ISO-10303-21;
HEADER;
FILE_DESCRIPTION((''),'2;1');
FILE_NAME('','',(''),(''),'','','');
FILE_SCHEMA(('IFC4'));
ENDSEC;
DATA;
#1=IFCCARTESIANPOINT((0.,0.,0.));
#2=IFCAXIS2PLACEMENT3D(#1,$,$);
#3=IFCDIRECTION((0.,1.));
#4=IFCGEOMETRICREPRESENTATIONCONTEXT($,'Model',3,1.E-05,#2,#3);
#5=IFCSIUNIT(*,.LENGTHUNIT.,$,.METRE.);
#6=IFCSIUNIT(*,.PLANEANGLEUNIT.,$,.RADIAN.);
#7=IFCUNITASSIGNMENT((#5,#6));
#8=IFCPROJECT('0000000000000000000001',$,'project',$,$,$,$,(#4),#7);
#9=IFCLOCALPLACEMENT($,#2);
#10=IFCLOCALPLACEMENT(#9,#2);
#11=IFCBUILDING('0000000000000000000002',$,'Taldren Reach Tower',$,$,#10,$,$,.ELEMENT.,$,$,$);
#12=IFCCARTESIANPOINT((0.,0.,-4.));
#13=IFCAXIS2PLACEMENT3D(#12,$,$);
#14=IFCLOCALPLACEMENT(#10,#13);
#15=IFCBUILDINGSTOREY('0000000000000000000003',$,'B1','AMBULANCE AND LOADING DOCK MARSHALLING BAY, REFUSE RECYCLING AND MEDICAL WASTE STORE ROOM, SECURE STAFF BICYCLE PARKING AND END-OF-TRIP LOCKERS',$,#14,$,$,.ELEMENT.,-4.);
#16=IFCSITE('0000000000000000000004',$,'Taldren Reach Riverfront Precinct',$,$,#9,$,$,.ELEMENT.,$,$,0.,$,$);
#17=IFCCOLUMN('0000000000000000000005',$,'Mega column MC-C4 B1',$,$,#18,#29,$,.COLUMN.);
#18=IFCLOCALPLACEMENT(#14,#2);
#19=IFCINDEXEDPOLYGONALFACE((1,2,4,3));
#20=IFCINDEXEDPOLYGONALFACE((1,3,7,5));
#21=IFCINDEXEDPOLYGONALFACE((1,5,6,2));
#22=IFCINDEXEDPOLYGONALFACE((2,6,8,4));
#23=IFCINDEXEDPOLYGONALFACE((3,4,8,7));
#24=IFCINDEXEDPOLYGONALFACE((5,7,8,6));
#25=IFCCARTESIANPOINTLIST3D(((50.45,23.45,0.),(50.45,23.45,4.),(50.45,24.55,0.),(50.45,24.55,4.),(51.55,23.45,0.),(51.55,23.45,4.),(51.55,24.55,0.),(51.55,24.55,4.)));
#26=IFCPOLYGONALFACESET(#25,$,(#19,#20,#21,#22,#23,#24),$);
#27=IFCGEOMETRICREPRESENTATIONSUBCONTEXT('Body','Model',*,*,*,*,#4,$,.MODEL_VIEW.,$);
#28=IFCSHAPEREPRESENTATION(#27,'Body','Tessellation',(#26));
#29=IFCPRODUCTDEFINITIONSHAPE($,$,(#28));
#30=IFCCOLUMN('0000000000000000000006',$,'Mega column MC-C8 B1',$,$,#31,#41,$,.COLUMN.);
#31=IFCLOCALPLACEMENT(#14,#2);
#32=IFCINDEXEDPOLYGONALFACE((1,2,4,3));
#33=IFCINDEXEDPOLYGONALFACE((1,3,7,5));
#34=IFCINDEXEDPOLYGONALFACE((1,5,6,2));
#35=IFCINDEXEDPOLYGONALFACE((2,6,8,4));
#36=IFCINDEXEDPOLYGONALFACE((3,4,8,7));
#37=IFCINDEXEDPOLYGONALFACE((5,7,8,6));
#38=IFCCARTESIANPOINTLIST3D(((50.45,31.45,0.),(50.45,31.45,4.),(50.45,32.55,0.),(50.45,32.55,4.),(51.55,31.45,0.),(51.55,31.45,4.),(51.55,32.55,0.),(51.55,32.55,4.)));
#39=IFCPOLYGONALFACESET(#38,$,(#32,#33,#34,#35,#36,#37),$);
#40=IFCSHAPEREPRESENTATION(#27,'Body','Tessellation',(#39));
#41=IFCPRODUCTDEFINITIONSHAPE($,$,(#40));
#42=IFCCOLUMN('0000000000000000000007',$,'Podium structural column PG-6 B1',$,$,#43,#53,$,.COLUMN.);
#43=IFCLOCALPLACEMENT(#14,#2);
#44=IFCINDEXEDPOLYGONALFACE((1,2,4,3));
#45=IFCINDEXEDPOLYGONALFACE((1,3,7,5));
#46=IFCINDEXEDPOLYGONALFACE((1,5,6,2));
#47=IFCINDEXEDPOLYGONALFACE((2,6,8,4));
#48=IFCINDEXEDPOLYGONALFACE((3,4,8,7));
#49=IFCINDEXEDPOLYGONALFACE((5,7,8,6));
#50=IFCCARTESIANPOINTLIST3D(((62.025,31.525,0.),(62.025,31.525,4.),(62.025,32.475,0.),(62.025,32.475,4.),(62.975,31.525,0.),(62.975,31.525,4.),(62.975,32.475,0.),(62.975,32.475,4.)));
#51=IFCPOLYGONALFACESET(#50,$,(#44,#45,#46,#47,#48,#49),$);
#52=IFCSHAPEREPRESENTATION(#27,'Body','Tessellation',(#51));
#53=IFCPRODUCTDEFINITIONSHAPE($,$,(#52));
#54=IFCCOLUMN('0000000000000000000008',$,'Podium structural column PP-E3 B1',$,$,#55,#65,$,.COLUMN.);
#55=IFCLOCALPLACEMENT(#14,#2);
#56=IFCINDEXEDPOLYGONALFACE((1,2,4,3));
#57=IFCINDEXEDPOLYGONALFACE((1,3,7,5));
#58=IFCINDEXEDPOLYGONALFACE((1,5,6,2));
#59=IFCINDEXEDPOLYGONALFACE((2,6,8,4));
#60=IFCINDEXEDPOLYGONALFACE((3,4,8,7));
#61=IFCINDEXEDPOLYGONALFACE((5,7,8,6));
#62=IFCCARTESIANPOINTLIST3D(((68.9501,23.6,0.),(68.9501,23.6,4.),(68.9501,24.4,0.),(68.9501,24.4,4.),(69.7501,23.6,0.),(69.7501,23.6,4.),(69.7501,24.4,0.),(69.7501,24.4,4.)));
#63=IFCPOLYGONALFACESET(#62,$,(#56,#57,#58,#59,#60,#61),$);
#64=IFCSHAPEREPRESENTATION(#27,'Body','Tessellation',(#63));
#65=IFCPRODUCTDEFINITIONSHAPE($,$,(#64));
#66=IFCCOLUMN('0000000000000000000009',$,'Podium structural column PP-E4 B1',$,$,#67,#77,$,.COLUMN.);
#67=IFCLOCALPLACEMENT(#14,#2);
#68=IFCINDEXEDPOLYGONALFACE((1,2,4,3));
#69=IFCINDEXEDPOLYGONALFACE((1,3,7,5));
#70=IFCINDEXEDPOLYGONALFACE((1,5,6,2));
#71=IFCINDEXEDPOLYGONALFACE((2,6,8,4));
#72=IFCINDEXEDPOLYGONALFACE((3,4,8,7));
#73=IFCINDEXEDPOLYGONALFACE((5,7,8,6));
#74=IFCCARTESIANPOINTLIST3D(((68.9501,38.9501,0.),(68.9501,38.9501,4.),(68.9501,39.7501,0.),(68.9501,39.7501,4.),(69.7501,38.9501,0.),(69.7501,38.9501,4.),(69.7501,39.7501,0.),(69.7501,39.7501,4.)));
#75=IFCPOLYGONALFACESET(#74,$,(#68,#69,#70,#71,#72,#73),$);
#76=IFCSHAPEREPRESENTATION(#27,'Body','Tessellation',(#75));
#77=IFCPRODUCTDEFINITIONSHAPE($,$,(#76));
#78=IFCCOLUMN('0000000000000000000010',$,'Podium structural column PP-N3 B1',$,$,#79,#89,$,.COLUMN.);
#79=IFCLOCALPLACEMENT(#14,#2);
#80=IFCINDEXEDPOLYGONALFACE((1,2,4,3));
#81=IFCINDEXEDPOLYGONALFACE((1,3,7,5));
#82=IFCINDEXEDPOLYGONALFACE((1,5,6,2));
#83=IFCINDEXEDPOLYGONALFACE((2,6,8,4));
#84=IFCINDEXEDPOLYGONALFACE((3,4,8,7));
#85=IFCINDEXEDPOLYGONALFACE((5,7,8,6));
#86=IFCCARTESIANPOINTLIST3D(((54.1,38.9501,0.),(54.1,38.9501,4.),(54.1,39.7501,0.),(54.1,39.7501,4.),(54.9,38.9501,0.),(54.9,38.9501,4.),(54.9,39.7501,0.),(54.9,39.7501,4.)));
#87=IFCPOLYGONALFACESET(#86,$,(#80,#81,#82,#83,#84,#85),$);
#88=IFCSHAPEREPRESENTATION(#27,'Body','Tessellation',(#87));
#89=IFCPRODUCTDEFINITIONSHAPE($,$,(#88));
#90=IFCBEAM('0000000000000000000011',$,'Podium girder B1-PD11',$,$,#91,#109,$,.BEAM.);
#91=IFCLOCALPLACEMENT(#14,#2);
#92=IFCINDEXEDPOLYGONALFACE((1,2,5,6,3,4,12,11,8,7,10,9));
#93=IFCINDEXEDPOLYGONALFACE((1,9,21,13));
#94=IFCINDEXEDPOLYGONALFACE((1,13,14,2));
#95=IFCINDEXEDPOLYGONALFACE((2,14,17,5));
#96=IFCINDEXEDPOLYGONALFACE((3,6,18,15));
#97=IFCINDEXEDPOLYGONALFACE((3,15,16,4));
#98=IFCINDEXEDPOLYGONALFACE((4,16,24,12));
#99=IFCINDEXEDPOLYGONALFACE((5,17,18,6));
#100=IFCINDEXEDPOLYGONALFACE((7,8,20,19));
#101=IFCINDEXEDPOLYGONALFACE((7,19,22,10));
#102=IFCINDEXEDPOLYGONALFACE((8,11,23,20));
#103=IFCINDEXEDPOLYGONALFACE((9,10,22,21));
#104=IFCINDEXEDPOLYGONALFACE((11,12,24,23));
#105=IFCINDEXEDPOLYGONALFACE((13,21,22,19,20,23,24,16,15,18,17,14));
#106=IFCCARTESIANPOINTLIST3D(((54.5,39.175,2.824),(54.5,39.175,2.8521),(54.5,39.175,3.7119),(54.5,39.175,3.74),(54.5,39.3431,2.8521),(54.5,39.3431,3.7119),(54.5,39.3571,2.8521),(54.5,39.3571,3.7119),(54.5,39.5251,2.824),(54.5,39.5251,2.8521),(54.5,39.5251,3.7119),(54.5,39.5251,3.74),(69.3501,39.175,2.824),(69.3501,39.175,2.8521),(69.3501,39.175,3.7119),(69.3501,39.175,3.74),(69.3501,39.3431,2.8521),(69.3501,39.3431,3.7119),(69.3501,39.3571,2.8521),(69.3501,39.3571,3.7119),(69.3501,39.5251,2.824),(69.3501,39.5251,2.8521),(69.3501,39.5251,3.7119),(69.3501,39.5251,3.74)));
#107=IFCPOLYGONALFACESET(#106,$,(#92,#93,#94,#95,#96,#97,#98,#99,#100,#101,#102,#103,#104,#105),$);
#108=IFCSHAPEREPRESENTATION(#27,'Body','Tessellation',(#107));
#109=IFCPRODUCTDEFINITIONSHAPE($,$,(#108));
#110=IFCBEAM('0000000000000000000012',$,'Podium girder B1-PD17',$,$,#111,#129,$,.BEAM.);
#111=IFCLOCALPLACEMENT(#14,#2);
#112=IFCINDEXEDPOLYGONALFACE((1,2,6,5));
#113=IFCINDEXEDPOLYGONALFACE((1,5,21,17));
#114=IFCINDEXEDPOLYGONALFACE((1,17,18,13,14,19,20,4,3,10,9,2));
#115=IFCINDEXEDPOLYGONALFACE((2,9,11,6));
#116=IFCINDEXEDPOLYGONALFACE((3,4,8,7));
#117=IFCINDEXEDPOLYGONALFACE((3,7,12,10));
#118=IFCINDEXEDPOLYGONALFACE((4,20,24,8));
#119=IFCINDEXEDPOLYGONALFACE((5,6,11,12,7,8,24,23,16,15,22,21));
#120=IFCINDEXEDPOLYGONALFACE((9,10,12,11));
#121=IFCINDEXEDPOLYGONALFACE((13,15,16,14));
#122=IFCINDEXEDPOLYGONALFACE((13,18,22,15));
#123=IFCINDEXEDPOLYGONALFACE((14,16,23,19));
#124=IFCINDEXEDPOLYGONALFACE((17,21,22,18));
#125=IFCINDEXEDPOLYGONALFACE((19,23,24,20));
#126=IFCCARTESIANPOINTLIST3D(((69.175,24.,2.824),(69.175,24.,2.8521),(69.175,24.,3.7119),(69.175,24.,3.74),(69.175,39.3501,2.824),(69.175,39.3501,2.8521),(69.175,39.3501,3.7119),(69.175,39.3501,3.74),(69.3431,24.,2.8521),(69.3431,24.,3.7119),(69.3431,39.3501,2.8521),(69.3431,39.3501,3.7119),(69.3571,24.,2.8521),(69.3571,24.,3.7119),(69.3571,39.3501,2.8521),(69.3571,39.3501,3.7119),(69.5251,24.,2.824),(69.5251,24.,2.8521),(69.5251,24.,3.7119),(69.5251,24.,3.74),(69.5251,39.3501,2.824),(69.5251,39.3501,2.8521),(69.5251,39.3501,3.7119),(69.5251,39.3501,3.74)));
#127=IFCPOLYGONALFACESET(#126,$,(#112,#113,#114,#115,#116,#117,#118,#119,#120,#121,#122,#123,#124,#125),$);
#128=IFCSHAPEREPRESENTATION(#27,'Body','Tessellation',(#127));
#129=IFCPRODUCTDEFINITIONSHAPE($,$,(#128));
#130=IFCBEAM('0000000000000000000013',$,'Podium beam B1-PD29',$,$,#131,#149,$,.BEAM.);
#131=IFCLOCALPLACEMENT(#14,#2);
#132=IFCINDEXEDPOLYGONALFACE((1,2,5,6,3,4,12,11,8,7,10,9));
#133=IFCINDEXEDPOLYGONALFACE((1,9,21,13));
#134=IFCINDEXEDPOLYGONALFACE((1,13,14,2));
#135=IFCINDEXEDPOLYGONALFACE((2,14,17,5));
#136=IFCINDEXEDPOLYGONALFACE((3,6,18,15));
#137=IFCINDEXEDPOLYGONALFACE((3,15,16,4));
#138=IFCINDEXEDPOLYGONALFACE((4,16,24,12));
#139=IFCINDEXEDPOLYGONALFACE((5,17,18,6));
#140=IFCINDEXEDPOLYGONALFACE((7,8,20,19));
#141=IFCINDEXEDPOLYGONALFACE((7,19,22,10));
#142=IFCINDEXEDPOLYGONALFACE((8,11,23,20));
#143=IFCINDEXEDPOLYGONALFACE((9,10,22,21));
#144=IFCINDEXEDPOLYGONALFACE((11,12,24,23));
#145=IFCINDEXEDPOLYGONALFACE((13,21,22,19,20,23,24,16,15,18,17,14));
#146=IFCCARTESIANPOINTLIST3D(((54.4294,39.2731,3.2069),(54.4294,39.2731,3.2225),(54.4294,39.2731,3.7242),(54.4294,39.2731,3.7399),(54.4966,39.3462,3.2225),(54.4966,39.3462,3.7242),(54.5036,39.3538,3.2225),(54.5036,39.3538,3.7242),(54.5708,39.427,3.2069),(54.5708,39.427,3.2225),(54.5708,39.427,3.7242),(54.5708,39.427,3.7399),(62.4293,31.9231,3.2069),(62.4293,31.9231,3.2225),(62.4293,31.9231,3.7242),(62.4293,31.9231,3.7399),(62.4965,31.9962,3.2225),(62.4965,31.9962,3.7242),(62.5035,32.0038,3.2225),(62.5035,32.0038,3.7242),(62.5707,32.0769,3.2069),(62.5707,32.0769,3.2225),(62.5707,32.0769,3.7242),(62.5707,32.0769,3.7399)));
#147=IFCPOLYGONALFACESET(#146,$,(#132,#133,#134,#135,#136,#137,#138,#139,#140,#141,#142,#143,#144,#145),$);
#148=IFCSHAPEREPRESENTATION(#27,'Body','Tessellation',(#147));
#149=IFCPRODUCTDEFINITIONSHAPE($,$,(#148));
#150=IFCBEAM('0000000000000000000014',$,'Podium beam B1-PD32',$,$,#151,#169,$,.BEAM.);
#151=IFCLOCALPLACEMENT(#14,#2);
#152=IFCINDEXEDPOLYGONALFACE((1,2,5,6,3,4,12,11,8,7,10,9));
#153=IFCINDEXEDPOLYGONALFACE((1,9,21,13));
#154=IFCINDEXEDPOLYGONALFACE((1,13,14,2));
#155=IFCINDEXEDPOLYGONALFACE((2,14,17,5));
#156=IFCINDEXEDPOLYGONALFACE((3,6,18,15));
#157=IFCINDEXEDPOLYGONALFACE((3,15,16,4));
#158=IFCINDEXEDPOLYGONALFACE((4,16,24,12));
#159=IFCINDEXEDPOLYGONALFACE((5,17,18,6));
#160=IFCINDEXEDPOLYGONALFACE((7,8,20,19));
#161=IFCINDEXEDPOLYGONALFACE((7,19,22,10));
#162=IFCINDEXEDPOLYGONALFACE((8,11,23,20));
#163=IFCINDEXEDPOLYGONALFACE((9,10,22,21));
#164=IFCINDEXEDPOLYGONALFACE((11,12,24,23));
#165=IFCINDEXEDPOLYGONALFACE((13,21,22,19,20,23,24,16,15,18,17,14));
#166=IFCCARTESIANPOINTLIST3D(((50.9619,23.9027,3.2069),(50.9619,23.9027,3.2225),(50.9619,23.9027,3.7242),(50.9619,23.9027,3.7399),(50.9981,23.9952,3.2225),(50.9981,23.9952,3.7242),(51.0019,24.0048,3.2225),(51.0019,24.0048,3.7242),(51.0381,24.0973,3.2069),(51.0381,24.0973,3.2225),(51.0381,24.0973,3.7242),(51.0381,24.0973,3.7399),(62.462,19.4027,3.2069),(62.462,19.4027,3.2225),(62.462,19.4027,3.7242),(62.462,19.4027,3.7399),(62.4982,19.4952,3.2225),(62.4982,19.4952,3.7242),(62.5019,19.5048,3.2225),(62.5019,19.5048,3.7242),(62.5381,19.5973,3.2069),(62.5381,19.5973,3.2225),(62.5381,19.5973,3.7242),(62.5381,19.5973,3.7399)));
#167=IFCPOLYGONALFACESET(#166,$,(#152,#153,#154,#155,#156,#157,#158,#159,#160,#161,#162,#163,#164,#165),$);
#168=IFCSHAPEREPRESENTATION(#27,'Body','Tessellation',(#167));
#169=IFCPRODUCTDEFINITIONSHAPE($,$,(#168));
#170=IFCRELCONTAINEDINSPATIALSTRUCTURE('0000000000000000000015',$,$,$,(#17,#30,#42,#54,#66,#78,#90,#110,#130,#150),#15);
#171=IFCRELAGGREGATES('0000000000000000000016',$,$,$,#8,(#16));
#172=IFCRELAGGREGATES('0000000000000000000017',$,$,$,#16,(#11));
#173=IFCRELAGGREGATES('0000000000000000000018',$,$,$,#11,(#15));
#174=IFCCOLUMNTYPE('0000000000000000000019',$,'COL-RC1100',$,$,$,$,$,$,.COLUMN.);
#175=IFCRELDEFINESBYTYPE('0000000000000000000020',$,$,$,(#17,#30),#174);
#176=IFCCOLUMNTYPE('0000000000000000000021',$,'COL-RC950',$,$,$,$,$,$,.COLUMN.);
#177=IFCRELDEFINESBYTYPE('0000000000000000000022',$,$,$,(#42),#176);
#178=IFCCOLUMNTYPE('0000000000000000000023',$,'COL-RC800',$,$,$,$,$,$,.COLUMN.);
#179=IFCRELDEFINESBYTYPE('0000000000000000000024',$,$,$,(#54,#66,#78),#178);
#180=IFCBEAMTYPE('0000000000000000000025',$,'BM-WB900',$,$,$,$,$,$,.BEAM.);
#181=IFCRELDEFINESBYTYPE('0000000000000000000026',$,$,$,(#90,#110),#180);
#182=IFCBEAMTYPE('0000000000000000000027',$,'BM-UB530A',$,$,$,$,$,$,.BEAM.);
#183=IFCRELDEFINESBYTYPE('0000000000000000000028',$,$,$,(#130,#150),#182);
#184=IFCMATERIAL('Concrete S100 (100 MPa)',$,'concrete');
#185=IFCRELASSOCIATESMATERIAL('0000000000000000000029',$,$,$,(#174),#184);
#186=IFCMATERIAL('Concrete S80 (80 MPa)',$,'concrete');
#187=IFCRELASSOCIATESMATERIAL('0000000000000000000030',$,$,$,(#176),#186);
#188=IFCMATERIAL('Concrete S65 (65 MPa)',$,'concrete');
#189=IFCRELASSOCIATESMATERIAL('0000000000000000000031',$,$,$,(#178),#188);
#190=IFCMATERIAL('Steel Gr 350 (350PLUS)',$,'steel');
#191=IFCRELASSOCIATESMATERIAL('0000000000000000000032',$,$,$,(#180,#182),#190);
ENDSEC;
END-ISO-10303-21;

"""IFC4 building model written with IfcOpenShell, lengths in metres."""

from ifc_helpers import new_model, si_unit, direction, frame, origin, origin_2d, place, context, subcontext, project, spatial, rectangle, i_section, extrude, source, transform, mapped, material, material_profile, profile_set, type_object, element, save


model = new_model("IFC4")

# Units and contexts
model_context = context("Model", 3, precision=1e-05, world=origin(), true_north=direction((0.0, 1.0)))
body_context = subcontext(model_context, "Body", "Model", "MODEL_VIEW")
ifc_project = project(units=[si_unit("LENGTHUNIT", "METRE"), si_unit("PLANEANGLEUNIT", "RADIAN")], contexts=[model_context])

# Site, building, storey
site_placement = place(None, origin())
site = spatial("IfcSite", under=ifc_project, at=site_placement, Name="Taldren Reach Riverfront Precinct", CompositionType="ELEMENT", RefElevation=0.0)
building_placement = place(site_placement, origin())
building = spatial("IfcBuilding", under=site, at=building_placement, Name="Taldren Reach Tower", CompositionType="ELEMENT")
storey_placement = place(building_placement, frame((0.0, 0.0, -4.0)))
storey = spatial("IfcBuildingStorey", under=building, at=storey_placement, Name="B1", Description="AMBULANCE AND LOADING DOCK MARSHALLING BAY, REFUSE RECYCLING AND MEDICAL WASTE STORE ROOM, SECURE STAFF BICYCLE PARKING AND END-OF-TRIP LOCKERS", CompositionType="ELEMENT", Elevation=-4.0)

# Columns
ifc_material_1 = material(Name="Concrete S100 (100 MPa)", Category="concrete")
ifc_material_profile_1 = material_profile(ifc_material_1, rectangle(XDim=1.1001, YDim=1.1001, at=origin_2d()), Name="RC-1100x1100")
ifc_profile_set_1 = profile_set([ifc_material_profile_1], Name="Concrete S100 (100 MPa)")
column_type_1 = type_object("IfcColumnType", Name="COL-RC1100", PredefinedType="COLUMN", material=ifc_profile_set_1)
shared_shape_1 = source(origin(), body_context, "Body", "SweptSolid", [
    extrude(rectangle(XDim=1.1001, YDim=1.1001, at=origin_2d()), origin(), (0.0, 0.0, 1.0), 4.0),
])
for number, where, z_axis, x_axis, name in (
    (1, (51.0, 24.0, 0.0), (0.0, 0.0, 1.0), (1.0, 0.0, 0.0), "Mega column MC-C4 B1"),
    (2, (51.0, 32.0, 0.0), (0.0, 0.0, 1.0), (1.0, 0.0, 0.0), "Mega column MC-C8 B1"),
):
    element("IfcColumn", number, at=place(storey_placement, frame(where, z_axis=z_axis, x_axis=x_axis)), inside=storey, type_object=column_type_1, Name=name, PredefinedType="COLUMN", context=body_context, shape_type="MappedRepresentation", body=[
        mapped(shared_shape_1, transform((0.0, 0.0, 0.0), scale=1.0)),
    ])
ifc_material_2 = material(Name="Concrete S80 (80 MPa)", Category="concrete")
ifc_material_profile_2 = material_profile(ifc_material_2, rectangle(XDim=0.95, YDim=0.95, at=origin_2d()), Name="RC-950x950")
ifc_profile_set_2 = profile_set([ifc_material_profile_2], Name="Concrete S80 (80 MPa)")
column_type_2 = type_object("IfcColumnType", Name="COL-RC950", PredefinedType="COLUMN", material=ifc_profile_set_2)
shared_shape_2 = source(origin(), body_context, "Body", "SweptSolid", [
    extrude(rectangle(XDim=0.95, YDim=0.95, at=origin_2d()), origin(), (0.0, 0.0, 1.0), 4.0),
])
column_placement = place(storey_placement, frame((62.5, 32.0, 0.0), z_axis=(0.0, 0.0, 1.0), x_axis=(1.0, 0.0, 0.0)))
element("IfcColumn", 3, at=column_placement, inside=storey, type_object=column_type_2, Name="Podium structural column PG-6 B1", PredefinedType="COLUMN", context=body_context, shape_type="MappedRepresentation", body=[
    mapped(shared_shape_2, transform((0.0, 0.0, 0.0), scale=1.0)),
])
ifc_material_3 = material(Name="Concrete S65 (65 MPa)", Category="concrete")
ifc_material_profile_3 = material_profile(ifc_material_3, rectangle(XDim=0.8, YDim=0.8, at=origin_2d()), Name="RC-800x800")
ifc_profile_set_3 = profile_set([ifc_material_profile_3], Name="Concrete S65 (65 MPa)")
column_type_3 = type_object("IfcColumnType", Name="COL-RC800", PredefinedType="COLUMN", material=ifc_profile_set_3)
shared_shape_3 = source(origin(), body_context, "Body", "SweptSolid", [
    extrude(rectangle(XDim=0.8, YDim=0.8, at=origin_2d()), origin(), (0.0, 0.0, 1.0), 4.0),
])
for number, where, z_axis, x_axis, name in (
    (4, (69.3501, 24.0, 0.0), (0.0, 0.0, 1.0), (1.0, 0.0, 0.0), "Podium structural column PP-E3 B1"),
    (5, (69.3501, 39.3501, 0.0), (0.0, 0.0, 1.0), (1.0, 0.0, 0.0), "Podium structural column PP-E4 B1"),
    (6, (54.5, 39.3501, 0.0), (0.0, 0.0, 1.0), (1.0, 0.0, 0.0), "Podium structural column PP-N3 B1"),
):
    element("IfcColumn", number, at=place(storey_placement, frame(where, z_axis=z_axis, x_axis=x_axis)), inside=storey, type_object=column_type_3, Name=name, PredefinedType="COLUMN", context=body_context, shape_type="MappedRepresentation", body=[
        mapped(shared_shape_3, transform((0.0, 0.0, 0.0), scale=1.0)),
    ])

# Beams
ifc_material_4 = material(Name="Steel Gr 350 (350PLUS)", Category="steel")
ifc_material_profile_4 = material_profile(ifc_material_4, i_section(OverallWidth=0.3501, OverallDepth=0.916, WebThickness=0.0139, FlangeThickness=0.0281, at=origin_2d()), Name="900WB257")
ifc_profile_set_4 = profile_set([ifc_material_profile_4], Name="Steel Gr 350 (350PLUS)")
beam_type_1 = type_object("IfcBeamType", Name="BM-WB900", PredefinedType="BEAM", material=ifc_profile_set_4)
shared_shape_4 = source(origin(), body_context, "Body", "SweptSolid", [
    extrude(i_section(OverallWidth=0.3501, OverallDepth=0.916, WebThickness=0.0139, FlangeThickness=0.0281, at=origin_2d()), origin(), (0.0, 0.0, 1.0), 14.8501),
])
beam_1_placement = place(storey_placement, frame((54.5, 39.3501, 3.282), z_axis=(1.0, 0.0, 0.0), x_axis=(0.0, 1.0, 0.0)))
element("IfcBeam", 7, at=beam_1_placement, inside=storey, type_object=beam_type_1, Name="Podium girder B1-PD11", PredefinedType="BEAM", context=body_context, shape_type="MappedRepresentation", body=[
    mapped(shared_shape_4, transform((0.0, 0.0, 0.0), scale=1.0)),
])
shared_shape_5 = source(origin(), body_context, "Body", "SweptSolid", [
    extrude(i_section(OverallWidth=0.3501, OverallDepth=0.916, WebThickness=0.0139, FlangeThickness=0.0281, at=origin_2d()), origin(), (0.0, 0.0, 1.0), 15.3501),
])
beam_2_placement = place(storey_placement, frame((69.3501, 24.0, 3.282), z_axis=(0.0, 1.0, 0.0), x_axis=(-1.0, 0.0, 0.0)))
element("IfcBeam", 8, at=beam_2_placement, inside=storey, type_object=beam_type_1, Name="Podium girder B1-PD17", PredefinedType="BEAM", context=body_context, shape_type="MappedRepresentation", body=[
    mapped(shared_shape_5, transform((0.0, 0.0, 0.0), scale=1.0)),
])
ifc_material_profile_5 = material_profile(ifc_material_4, i_section(OverallWidth=0.209, OverallDepth=0.533, WebThickness=0.0103, FlangeThickness=0.0156, at=origin_2d()), Name="530UB92.4")
ifc_profile_set_5 = profile_set([ifc_material_profile_5], Name="Steel Gr 350 (350PLUS)")
beam_type_2 = type_object("IfcBeamType", Name="BM-UB530A", PredefinedType="BEAM", material=ifc_profile_set_5)
shared_shape_6 = source(origin(), body_context, "Body", "SweptSolid", [
    extrude(i_section(OverallWidth=0.209, OverallDepth=0.533, WebThickness=0.0103, FlangeThickness=0.0156, at=origin_2d()), origin(), (0.0, 0.0, 1.0), 10.8638),
])
beam_3_placement = place(storey_placement, frame((62.5, 32.0, 3.4734), z_axis=(-0.736385, 0.676563, 0.0), x_axis=(-0.676563, -0.736385, 0.0)))
element("IfcBeam", 9, at=beam_3_placement, inside=storey, type_object=beam_type_2, Name="Podium beam B1-PD29", PredefinedType="BEAM", context=body_context, shape_type="MappedRepresentation", body=[
    mapped(shared_shape_6, transform((0.0, 0.0, 0.0), scale=1.0)),
])
shared_shape_7 = source(origin(), body_context, "Body", "SweptSolid", [
    extrude(i_section(OverallWidth=0.209, OverallDepth=0.533, WebThickness=0.0103, FlangeThickness=0.0156, at=origin_2d()), origin(), (0.0, 0.0, 1.0), 12.3491),
])
beam_4_placement = place(storey_placement, frame((51.0, 24.0, 3.4734), z_axis=(0.931243, -0.364399, 0.0), x_axis=(0.364399, 0.931243, 0.0)))
element("IfcBeam", 10, at=beam_4_placement, inside=storey, type_object=beam_type_2, Name="Podium beam B1-PD32", PredefinedType="BEAM", context=body_context, shape_type="MappedRepresentation", body=[
    mapped(shared_shape_7, transform((0.0, 0.0, 0.0), scale=1.0)),
])

save(model, "model.ifc")
